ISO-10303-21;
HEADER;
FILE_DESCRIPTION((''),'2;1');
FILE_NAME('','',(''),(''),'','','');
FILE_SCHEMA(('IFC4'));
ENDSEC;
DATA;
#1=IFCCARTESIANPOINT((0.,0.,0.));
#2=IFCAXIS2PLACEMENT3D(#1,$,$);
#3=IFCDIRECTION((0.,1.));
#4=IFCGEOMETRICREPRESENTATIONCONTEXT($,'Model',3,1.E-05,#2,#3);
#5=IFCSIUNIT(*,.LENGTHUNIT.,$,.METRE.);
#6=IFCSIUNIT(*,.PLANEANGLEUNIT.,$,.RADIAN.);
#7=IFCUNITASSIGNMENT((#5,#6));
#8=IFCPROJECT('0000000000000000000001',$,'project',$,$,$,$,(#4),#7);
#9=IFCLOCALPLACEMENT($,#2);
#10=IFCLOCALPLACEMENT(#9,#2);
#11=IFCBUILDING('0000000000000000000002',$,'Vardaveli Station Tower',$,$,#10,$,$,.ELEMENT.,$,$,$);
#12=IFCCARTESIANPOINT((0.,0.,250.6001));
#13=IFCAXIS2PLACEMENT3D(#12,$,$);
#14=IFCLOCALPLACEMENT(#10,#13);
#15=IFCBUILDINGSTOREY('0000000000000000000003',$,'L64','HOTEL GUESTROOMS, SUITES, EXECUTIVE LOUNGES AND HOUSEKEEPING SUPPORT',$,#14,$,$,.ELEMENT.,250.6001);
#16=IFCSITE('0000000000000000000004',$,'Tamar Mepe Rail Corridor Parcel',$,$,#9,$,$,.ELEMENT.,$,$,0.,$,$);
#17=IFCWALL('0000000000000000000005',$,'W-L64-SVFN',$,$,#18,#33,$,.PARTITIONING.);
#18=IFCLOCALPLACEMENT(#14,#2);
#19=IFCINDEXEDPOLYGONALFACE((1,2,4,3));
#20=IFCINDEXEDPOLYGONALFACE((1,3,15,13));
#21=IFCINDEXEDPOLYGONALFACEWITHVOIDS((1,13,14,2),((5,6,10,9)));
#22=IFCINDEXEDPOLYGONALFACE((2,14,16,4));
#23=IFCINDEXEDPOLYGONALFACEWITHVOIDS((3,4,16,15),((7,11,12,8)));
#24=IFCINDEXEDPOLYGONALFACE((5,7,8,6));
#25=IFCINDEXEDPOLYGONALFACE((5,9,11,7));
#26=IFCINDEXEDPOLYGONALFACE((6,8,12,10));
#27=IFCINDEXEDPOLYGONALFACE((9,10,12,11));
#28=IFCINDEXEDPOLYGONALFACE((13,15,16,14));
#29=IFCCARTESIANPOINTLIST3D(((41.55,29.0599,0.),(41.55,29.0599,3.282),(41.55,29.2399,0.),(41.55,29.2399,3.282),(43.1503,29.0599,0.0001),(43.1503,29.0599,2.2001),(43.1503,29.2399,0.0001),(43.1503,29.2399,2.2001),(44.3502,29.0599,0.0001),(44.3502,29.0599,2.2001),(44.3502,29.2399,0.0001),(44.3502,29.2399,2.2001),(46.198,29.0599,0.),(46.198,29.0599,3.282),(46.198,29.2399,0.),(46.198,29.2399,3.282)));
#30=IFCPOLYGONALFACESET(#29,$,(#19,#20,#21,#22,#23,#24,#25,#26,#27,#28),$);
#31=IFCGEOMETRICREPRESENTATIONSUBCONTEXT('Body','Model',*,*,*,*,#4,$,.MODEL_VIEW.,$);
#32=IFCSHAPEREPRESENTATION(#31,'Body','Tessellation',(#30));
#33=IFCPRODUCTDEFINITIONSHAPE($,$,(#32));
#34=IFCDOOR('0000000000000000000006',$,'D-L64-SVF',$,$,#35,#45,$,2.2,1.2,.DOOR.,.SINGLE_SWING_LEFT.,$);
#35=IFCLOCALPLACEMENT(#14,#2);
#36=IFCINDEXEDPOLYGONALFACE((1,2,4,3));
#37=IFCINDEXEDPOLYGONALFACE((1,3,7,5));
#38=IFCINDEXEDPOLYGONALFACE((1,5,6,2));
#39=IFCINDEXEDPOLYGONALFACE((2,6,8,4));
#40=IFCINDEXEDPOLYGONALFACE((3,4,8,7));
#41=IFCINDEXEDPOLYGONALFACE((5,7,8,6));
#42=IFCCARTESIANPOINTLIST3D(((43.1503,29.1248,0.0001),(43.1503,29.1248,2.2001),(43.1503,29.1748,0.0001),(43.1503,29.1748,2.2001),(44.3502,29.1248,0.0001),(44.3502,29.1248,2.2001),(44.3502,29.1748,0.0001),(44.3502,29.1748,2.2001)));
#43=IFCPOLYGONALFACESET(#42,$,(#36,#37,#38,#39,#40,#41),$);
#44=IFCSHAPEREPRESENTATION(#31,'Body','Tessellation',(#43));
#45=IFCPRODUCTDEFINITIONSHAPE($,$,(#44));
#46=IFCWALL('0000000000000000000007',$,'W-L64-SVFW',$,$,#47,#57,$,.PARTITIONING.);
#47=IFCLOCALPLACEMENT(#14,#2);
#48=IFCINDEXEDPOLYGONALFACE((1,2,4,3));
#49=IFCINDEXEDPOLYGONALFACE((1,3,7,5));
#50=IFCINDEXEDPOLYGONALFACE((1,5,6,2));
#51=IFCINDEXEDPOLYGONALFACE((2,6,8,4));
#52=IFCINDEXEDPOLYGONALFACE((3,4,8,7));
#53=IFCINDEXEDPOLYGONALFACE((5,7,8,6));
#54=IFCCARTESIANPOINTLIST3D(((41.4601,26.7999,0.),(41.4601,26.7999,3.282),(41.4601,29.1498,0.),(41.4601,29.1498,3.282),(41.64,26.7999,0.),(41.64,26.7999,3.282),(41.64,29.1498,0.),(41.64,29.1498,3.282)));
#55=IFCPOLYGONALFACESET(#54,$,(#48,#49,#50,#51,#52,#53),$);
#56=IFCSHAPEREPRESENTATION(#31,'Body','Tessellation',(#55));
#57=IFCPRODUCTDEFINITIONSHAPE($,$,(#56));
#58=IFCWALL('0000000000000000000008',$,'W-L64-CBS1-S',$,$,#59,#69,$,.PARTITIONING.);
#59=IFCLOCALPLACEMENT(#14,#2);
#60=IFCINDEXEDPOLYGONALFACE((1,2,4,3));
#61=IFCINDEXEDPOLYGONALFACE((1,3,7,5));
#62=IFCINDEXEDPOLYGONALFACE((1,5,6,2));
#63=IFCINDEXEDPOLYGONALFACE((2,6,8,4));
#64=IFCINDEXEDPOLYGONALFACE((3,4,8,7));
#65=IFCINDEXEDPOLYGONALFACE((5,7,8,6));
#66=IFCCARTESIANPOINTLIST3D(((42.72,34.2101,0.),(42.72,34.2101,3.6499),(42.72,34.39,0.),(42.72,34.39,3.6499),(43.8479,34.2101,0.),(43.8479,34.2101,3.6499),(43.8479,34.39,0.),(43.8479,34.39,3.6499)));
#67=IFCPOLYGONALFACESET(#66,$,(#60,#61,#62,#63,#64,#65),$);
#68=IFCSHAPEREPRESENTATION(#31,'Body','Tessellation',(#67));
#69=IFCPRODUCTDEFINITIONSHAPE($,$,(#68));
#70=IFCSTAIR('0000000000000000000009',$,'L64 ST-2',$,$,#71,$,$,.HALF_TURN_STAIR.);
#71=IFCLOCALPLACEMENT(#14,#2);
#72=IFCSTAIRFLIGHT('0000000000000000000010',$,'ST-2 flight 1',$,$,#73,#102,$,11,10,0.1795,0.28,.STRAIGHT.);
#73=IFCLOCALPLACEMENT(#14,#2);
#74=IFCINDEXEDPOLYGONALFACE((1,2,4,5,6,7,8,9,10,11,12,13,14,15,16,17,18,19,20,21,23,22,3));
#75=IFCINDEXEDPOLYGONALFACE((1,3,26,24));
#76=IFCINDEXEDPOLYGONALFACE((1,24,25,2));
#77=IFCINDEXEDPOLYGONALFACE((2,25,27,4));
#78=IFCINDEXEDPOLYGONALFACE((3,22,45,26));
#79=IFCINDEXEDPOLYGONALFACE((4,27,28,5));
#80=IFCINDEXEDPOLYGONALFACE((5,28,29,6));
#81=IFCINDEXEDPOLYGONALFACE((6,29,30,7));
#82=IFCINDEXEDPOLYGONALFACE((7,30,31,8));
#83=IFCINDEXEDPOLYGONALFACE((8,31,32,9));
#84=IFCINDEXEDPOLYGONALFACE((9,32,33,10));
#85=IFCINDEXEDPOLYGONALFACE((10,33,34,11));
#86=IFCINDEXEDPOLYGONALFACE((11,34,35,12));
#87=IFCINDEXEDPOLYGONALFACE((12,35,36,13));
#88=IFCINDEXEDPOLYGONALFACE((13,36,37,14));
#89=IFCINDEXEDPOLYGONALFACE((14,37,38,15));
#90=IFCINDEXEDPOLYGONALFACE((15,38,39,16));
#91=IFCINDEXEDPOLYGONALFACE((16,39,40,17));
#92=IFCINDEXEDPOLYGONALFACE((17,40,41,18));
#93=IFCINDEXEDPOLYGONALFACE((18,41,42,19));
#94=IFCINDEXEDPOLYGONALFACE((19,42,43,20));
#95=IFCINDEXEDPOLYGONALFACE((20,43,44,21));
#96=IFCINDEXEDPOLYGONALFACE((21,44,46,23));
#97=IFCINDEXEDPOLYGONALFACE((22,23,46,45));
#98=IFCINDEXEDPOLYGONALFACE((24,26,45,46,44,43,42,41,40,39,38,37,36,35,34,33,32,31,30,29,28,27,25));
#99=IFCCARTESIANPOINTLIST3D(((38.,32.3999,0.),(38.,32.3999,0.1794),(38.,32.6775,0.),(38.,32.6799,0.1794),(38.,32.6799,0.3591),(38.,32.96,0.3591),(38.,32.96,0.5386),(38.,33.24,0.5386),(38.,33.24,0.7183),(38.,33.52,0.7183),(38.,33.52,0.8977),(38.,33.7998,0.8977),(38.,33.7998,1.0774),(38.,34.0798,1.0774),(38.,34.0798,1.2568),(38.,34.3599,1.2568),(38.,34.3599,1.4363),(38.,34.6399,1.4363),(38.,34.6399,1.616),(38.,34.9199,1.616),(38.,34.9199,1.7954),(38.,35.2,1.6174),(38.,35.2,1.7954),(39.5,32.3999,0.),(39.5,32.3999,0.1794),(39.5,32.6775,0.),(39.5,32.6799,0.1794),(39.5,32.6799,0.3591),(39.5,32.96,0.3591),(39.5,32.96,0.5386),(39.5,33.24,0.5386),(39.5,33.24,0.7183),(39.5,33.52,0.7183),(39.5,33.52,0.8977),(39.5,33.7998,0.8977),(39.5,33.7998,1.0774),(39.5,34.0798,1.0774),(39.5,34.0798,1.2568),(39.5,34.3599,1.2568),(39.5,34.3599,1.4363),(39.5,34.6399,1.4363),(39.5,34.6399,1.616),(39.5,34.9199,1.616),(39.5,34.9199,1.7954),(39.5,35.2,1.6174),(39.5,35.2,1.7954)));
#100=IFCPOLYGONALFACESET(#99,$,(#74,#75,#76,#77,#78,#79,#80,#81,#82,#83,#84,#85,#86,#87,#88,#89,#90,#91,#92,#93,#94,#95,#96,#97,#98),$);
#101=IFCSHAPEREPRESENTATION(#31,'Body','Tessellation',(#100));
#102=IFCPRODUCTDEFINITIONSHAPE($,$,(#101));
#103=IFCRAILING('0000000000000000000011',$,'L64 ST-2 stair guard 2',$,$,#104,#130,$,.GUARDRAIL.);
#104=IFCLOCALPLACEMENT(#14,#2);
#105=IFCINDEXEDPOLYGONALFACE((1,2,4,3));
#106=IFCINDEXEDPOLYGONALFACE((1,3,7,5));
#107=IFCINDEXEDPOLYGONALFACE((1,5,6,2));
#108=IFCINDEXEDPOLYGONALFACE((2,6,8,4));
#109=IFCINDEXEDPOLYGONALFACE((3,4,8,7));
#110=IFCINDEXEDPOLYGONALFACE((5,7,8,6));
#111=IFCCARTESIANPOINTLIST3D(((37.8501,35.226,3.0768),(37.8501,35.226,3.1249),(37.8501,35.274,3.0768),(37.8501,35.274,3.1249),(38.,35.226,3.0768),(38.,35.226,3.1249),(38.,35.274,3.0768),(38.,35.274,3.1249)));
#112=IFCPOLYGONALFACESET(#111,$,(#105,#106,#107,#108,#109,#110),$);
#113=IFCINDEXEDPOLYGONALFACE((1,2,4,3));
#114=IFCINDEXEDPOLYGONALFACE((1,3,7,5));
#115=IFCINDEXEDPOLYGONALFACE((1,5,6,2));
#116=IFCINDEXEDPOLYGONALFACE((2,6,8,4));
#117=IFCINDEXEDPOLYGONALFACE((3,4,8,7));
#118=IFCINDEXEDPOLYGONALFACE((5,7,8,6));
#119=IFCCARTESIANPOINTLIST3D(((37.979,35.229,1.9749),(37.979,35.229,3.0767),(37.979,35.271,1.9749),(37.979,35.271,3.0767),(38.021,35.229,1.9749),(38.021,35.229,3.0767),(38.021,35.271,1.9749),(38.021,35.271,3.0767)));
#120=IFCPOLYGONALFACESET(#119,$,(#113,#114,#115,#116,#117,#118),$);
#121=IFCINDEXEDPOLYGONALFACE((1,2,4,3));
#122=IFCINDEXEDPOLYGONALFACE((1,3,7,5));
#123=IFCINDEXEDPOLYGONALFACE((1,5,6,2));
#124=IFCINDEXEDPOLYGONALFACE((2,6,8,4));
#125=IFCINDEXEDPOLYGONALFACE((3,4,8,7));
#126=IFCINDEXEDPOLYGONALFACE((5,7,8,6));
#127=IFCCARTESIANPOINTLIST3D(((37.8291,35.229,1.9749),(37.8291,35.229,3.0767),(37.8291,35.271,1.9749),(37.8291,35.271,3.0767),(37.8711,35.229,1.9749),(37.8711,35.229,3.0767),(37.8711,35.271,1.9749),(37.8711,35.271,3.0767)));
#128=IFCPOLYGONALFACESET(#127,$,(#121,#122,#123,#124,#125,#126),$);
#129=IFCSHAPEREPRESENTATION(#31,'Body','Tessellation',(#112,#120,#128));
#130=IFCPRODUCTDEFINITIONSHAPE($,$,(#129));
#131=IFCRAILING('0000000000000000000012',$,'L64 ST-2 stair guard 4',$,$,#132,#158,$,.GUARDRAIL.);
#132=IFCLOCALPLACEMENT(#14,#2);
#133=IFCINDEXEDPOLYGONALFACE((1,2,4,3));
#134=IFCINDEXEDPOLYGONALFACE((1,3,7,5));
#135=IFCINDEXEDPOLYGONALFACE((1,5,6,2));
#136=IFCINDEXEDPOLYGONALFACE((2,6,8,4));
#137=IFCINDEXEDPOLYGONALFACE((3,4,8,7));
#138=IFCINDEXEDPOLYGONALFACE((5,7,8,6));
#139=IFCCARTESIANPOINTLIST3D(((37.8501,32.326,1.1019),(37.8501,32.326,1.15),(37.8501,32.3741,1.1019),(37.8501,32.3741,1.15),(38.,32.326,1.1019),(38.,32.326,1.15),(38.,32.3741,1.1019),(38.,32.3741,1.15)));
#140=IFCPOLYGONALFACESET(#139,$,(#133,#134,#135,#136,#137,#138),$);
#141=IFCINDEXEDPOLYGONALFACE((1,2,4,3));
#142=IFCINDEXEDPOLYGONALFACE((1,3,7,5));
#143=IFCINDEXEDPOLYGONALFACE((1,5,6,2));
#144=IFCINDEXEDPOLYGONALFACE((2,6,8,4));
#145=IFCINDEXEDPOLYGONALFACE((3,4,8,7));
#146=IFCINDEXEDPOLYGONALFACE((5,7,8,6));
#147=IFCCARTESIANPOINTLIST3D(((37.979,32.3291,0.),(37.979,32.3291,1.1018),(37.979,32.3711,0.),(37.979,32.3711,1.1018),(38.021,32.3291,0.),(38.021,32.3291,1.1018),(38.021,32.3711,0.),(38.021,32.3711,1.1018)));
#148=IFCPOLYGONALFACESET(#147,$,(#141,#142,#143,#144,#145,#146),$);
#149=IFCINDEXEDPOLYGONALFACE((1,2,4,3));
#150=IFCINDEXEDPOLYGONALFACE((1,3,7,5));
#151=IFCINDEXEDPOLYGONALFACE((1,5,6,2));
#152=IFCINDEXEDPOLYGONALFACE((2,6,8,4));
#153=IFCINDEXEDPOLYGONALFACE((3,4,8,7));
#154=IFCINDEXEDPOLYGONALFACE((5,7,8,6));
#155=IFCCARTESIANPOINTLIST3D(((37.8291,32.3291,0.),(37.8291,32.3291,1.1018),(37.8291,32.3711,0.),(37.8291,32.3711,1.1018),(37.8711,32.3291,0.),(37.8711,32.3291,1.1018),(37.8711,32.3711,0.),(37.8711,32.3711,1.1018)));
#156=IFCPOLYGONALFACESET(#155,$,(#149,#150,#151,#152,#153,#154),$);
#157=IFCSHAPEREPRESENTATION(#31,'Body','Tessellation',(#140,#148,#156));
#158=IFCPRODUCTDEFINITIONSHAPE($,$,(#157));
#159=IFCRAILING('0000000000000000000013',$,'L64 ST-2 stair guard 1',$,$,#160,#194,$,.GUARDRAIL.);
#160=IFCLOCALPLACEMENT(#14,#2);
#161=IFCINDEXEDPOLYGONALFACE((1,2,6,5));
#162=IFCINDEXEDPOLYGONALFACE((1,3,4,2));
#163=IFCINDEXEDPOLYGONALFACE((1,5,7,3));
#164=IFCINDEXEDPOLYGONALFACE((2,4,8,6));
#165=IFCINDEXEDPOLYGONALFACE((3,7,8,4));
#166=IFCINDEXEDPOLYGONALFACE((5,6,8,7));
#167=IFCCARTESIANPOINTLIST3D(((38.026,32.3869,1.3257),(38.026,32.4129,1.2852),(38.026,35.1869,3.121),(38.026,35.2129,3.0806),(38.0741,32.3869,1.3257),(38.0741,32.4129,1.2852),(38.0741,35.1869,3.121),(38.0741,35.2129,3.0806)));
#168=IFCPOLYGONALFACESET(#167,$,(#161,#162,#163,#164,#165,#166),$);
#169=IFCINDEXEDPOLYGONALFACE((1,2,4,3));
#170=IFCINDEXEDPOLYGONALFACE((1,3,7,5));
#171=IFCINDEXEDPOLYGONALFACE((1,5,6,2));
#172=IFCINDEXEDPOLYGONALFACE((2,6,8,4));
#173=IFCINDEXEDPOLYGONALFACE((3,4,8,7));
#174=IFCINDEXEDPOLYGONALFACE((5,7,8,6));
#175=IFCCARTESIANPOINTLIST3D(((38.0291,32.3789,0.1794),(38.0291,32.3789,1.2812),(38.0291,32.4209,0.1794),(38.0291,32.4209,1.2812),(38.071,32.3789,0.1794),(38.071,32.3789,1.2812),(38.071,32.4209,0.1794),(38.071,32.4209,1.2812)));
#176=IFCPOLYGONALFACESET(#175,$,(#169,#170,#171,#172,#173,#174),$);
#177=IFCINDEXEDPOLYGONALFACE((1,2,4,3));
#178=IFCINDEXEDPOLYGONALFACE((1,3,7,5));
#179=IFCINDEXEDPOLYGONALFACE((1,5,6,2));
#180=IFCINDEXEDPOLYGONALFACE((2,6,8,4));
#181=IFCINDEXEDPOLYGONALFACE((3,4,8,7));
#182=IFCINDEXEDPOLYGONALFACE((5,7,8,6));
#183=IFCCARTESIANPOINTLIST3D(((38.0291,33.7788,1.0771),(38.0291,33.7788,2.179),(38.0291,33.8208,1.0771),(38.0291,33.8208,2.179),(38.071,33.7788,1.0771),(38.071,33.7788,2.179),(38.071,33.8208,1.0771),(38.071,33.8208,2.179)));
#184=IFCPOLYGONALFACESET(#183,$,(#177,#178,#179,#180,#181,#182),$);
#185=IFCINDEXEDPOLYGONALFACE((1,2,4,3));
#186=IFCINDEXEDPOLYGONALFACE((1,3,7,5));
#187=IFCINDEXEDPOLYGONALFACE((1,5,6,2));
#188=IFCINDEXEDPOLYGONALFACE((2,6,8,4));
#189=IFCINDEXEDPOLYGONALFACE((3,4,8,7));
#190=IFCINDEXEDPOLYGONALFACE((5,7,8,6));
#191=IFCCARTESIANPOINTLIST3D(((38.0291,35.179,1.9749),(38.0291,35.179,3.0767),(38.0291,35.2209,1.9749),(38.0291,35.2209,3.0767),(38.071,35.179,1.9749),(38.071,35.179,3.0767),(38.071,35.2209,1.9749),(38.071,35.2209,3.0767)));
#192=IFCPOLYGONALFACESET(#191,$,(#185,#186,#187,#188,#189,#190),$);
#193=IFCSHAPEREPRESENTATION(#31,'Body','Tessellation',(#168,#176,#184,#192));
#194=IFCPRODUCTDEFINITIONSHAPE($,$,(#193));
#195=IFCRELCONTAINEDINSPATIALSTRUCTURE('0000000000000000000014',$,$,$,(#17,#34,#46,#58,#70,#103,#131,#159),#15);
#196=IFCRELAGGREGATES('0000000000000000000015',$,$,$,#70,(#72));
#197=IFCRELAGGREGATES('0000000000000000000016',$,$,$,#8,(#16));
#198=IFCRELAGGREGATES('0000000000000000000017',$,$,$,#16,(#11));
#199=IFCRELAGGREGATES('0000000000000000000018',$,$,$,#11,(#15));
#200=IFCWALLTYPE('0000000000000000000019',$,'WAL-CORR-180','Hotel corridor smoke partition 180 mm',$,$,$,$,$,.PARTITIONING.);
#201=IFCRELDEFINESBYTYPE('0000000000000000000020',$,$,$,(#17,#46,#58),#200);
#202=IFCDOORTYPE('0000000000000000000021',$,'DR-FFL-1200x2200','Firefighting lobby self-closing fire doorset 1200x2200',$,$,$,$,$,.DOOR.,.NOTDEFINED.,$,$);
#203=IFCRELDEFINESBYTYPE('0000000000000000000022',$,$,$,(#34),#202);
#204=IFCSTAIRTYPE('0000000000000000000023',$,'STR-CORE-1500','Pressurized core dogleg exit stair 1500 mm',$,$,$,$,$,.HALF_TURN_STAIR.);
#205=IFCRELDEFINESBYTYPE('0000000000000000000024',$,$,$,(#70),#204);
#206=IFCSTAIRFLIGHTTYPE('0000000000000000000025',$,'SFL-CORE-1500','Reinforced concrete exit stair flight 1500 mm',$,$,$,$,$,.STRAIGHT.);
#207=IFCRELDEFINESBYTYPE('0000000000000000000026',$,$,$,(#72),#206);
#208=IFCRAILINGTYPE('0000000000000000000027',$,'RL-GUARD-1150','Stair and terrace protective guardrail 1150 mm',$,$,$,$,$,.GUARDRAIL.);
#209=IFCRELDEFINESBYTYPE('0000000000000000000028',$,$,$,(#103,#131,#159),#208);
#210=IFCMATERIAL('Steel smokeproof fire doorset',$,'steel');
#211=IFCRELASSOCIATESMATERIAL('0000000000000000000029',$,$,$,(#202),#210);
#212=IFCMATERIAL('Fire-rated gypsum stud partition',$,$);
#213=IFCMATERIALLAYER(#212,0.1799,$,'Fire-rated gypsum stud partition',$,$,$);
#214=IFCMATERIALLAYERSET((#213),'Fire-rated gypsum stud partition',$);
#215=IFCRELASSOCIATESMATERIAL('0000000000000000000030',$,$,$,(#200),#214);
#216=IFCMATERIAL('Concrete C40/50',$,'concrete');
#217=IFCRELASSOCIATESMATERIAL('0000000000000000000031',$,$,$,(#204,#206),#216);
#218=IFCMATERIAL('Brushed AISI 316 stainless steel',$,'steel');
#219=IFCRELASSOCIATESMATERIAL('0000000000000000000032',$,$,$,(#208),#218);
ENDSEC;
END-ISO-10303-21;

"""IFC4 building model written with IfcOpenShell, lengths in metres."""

from ifc_helpers import new_model, si_unit, direction, frame, frame_2d, origin, origin_2d, place, context, subcontext, project, spatial, polyline, rectangle, outline, extrude, source, transform, mapped, material, layer, layer_set, type_object, element, fill, aggregate, save


model = new_model("IFC4")

# Units and contexts
model_context = context("Model", 3, precision=1e-05, world=origin(), true_north=direction((0.0, 1.0)))
body_context = subcontext(model_context, "Body", "Model", "MODEL_VIEW")
ifc_project = project(units=[si_unit("LENGTHUNIT", "METRE"), si_unit("PLANEANGLEUNIT", "RADIAN")], contexts=[model_context])

# Site, building, storey
site_placement = place(None, origin())
site = spatial("IfcSite", under=ifc_project, at=site_placement, Name="Tamar Mepe Rail Corridor Parcel", CompositionType="ELEMENT", RefElevation=0.0)
building_placement = place(site_placement, origin())
building = spatial("IfcBuilding", under=site, at=building_placement, Name="Vardaveli Station Tower", CompositionType="ELEMENT")
storey_placement = place(building_placement, frame((0.0, 0.0, 250.6001)))
storey = spatial("IfcBuildingStorey", under=building, at=storey_placement, Name="L64", Description="HOTEL GUESTROOMS, SUITES, EXECUTIVE LOUNGES AND HOUSEKEEPING SUPPORT", CompositionType="ELEMENT", Elevation=250.6001)

# Shared definitions
ifc_material_1 = material(Name="Concrete C40/50", Category="concrete")

# Wall, opening, door
ifc_material_2 = material(Name="Steel smokeproof fire doorset", Category="steel")
door_type_1 = type_object("IfcDoorType", Name="DR-FFL-1200x2200", Description="Firefighting lobby self-closing fire doorset 1200x2200", OperationType="NOTDEFINED", PredefinedType="DOOR", material=ifc_material_2)
shared_shape_1 = source(origin(), body_context, "Body", "SweptSolid", [
    extrude(rectangle(XDim=1.2, YDim=2.2, at=frame_2d((0.6001, 1.1001))), frame((0.0, 0.0249, 0.0), z_axis=(0.0, -1.0, 0.0), x_axis=(1.0, 0.0, 0.0)), (0.0, 0.0, 1.0), 0.05),
])
ifc_material_3 = material(Name="Fire-rated gypsum stud partition")
ifc_layer_1 = layer(ifc_material_3, 0.1799, Name="Fire-rated gypsum stud partition")
ifc_layer_set_1 = layer_set([ifc_layer_1], Name="Fire-rated gypsum stud partition")
wall_type_1 = type_object("IfcWallType", Name="WAL-CORR-180", Description="Hotel corridor smoke partition 180 mm", PredefinedType="PARTITIONING", material=ifc_layer_set_1)
shared_shape_2 = source(origin(), body_context, "Body", "SweptSolid", [
    extrude(rectangle(XDim=4.6479, YDim=0.1799, at=frame_2d((2.324, 0.0))), origin(), (0.0, 0.0, 1.0), 3.282),
])
wall_1_placement = place(storey_placement, frame((41.55, 29.1499, 0.0), z_axis=(0.0, 0.0, 1.0), x_axis=(1.0, 0.0, 0.0)))
wall_1 = element("IfcWall", 1, at=wall_1_placement, inside=storey, type_object=wall_type_1, Name="W-L64-SVFN", PredefinedType="PARTITIONING", context=body_context, shape_type="MappedRepresentation", body=[
    mapped(shared_shape_2, transform((0.0, 0.0, 0.0), scale=1.0)),
])
shared_shape_3 = source(origin(), body_context, "Body", "SweptSolid", [
    extrude(rectangle(XDim=1.2, YDim=2.2, at=frame_2d((0.6001, 1.1001))), frame((0.0, 0.1001, 0.0), z_axis=(0.0, -1.0, 0.0), x_axis=(1.0, 0.0, 0.0)), (0.0, 0.0, 1.0), 0.2),
])
opening_1_placement = place(wall_1_placement, frame((1.6001, 0.0, 0.0)))
opening_1 = element("IfcOpeningElement", 2, at=opening_1_placement, cuts=wall_1, PredefinedType="OPENING", context=body_context, shape_type="MappedRepresentation", body=[
    mapped(shared_shape_3, transform((0.0, 0.0, 0.0), scale=1.0)),
])
door_1_placement = place(opening_1_placement, origin())
door_1 = element("IfcDoor", 3, at=door_1_placement, inside=storey, type_object=door_type_1, Name="D-L64-SVF", OperationType="SINGLE_SWING_LEFT", OverallHeight=2.2, OverallWidth=1.2, PredefinedType="DOOR", context=body_context, shape_type="MappedRepresentation", body=[
    mapped(shared_shape_1, transform((0.0, 0.0, 0.0), scale=1.0)),
])
fill(opening_1, door_1)

# Walls
shared_shape_4 = source(origin(), body_context, "Body", "SweptSolid", [
    extrude(rectangle(XDim=2.3499, YDim=0.1799, at=frame_2d((1.1748, 0.0))), origin(), (0.0, 0.0, 1.0), 3.282),
])
wall_2_placement = place(storey_placement, frame((41.55, 26.8, 0.0), z_axis=(0.0, 0.0, 1.0), x_axis=(0.0, 1.0, 0.0)))
element("IfcWall", 4, at=wall_2_placement, inside=storey, type_object=wall_type_1, Name="W-L64-SVFW", PredefinedType="PARTITIONING", context=body_context, shape_type="MappedRepresentation", body=[
    mapped(shared_shape_4, transform((0.0, 0.0, 0.0), scale=1.0)),
])
shared_shape_5 = source(origin(), body_context, "Body", "SweptSolid", [
    extrude(rectangle(XDim=1.1279, YDim=0.1799, at=frame_2d((0.564, 0.0))), origin(), (0.0, 0.0, 1.0), 3.6499),
])
wall_3_placement = place(storey_placement, frame((42.72, 34.3, 0.0), z_axis=(0.0, 0.0, 1.0), x_axis=(1.0, 0.0, 0.0)))
element("IfcWall", 5, at=wall_3_placement, inside=storey, type_object=wall_type_1, Name="W-L64-CBS1-S", PredefinedType="PARTITIONING", context=body_context, shape_type="MappedRepresentation", body=[
    mapped(shared_shape_5, transform((0.0, 0.0, 0.0), scale=1.0)),
])

# Stair, stair flight
stair_type = type_object("IfcStairType", Name="STR-CORE-1500", Description="Pressurized core dogleg exit stair 1500 mm", PredefinedType="HALF_TURN_STAIR", material=ifc_material_1)
stair_placement = place(storey_placement, origin())
stair = element("IfcStair", 6, at=stair_placement, inside=storey, type_object=stair_type, Name="L64 ST-2", PredefinedType="HALF_TURN_STAIR")
stair_flight_type = type_object("IfcStairFlightType", Name="SFL-CORE-1500", Description="Reinforced concrete exit stair flight 1500 mm", PredefinedType="STRAIGHT", material=ifc_material_1)
shared_shape_6 = source(origin(), body_context, "Body", "SweptSolid", [
    extrude(outline(polyline([(0.0, 0.0), (0.0, 0.1794), (0.28, 0.1794), (0.28, 0.3591), (0.5601, 0.3591), (0.5601, 0.5386), (0.8401, 0.5386), (0.8401, 0.7183), (1.1201, 0.7183), (1.1201, 0.8977), (1.3999, 0.8977), (1.3999, 1.0774), (1.6799, 1.0774), (1.6799, 1.2568), (1.96, 1.2568), (1.96, 1.4363), (2.24, 1.4363), (2.24, 1.616), (2.52, 1.616), (2.52, 1.7954), (2.8, 1.7954), (2.8, 1.9751), (2.8, 1.6174), (0.2776, 0.0), (0.0, 0.0)])), frame((0.0, 0.75, 0.0), z_axis=(0.0, -1.0, 0.0), x_axis=(1.0, 0.0, 0.0)), (0.0, 0.0, 1.0), 1.5),
])
stair_flight_placement = place(storey_placement, frame((38.75, 32.3999, 0.0), z_axis=(0.0, 0.0, 1.0), x_axis=(0.0, 1.0, 0.0)))
stair_flight = element("IfcStairFlight", 7, at=stair_flight_placement, type_object=stair_flight_type, Name="ST-2 flight 1", NumberOfRisers=11, NumberOfTreads=10, PredefinedType="STRAIGHT", RiserHeight=0.1795, TreadLength=0.28, context=body_context, shape_type="MappedRepresentation", body=[
    mapped(shared_shape_6, transform((0.0, 0.0, 0.0), scale=1.0)),
])
aggregate(stair, [stair_flight])

# Railings
ifc_material_4 = material(Name="Brushed AISI 316 stainless steel", Category="steel")
railing_type_1 = type_object("IfcRailingType", Name="RL-GUARD-1150", Description="Stair and terrace protective guardrail 1150 mm", PredefinedType="GUARDRAIL", material=ifc_material_4)
shared_shape_7 = source(origin(), body_context, "Body", "SweptSolid", [
    extrude(rectangle(XDim=0.0481, YDim=0.0481, at=origin_2d()), frame((0.0, 0.0, 1.126), z_axis=(-1.0, 0.0, 0.0), x_axis=(0.0, -1.0, 0.0)), (0.0, 0.0, 1.0), 0.1499),
    extrude(rectangle(XDim=0.042, YDim=0.042, at=origin_2d()), origin(), (0.0, 0.0, 1.0), 1.1018),
    extrude(rectangle(XDim=0.042, YDim=0.042, at=origin_2d()), frame((-0.1499, 0.0, 0.0)), (0.0, 0.0, 1.0), 1.1018),
])
for number, where, name in (
    (8, (38.0, 35.25, 1.9749), "L64 ST-2 stair guard 2"),
    (9, (38.0, 32.3501, 0.0), "L64 ST-2 stair guard 4"),
):
    element("IfcRailing", number, at=place(storey_placement, frame(where)), inside=storey, type_object=railing_type_1, Name=name, PredefinedType="GUARDRAIL", context=body_context, shape_type="MappedRepresentation", body=[
        mapped(shared_shape_7, transform((0.0, 0.0, 0.0), scale=1.0)),
    ])
shared_shape_8 = source(origin(), body_context, "Body", "SweptSolid", [
    extrude(rectangle(XDim=0.0481, YDim=0.0481, at=origin_2d()), frame((0.0, 0.0, 1.126), z_axis=(0.0, 0.84181, 0.539774), x_axis=(-1.0, 0.0, 0.0)), (0.0, 0.0, 1.0), 3.3262),
    extrude(rectangle(XDim=0.042, YDim=0.042, at=origin_2d()), origin(), (0.0, 0.0, 1.0), 1.1018),
    extrude(rectangle(XDim=0.042, YDim=0.042, at=origin_2d()), frame((0.0, 1.3999, 0.8977)), (0.0, 0.0, 1.0), 1.1018),
    extrude(rectangle(XDim=0.042, YDim=0.042, at=origin_2d()), frame((0.0, 2.8, 1.7954)), (0.0, 0.0, 1.0), 1.1018),
])
railing_1_placement = place(storey_placement, frame((38.05, 32.3999, 0.1794)))
element("IfcRailing", 10, at=railing_1_placement, inside=storey, type_object=railing_type_1, Name="L64 ST-2 stair guard 1", PredefinedType="GUARDRAIL", context=body_context, shape_type="MappedRepresentation", body=[
    mapped(shared_shape_8, transform((0.0, 0.0, 0.0), scale=1.0)),
])

save(model, "model.ifc")
